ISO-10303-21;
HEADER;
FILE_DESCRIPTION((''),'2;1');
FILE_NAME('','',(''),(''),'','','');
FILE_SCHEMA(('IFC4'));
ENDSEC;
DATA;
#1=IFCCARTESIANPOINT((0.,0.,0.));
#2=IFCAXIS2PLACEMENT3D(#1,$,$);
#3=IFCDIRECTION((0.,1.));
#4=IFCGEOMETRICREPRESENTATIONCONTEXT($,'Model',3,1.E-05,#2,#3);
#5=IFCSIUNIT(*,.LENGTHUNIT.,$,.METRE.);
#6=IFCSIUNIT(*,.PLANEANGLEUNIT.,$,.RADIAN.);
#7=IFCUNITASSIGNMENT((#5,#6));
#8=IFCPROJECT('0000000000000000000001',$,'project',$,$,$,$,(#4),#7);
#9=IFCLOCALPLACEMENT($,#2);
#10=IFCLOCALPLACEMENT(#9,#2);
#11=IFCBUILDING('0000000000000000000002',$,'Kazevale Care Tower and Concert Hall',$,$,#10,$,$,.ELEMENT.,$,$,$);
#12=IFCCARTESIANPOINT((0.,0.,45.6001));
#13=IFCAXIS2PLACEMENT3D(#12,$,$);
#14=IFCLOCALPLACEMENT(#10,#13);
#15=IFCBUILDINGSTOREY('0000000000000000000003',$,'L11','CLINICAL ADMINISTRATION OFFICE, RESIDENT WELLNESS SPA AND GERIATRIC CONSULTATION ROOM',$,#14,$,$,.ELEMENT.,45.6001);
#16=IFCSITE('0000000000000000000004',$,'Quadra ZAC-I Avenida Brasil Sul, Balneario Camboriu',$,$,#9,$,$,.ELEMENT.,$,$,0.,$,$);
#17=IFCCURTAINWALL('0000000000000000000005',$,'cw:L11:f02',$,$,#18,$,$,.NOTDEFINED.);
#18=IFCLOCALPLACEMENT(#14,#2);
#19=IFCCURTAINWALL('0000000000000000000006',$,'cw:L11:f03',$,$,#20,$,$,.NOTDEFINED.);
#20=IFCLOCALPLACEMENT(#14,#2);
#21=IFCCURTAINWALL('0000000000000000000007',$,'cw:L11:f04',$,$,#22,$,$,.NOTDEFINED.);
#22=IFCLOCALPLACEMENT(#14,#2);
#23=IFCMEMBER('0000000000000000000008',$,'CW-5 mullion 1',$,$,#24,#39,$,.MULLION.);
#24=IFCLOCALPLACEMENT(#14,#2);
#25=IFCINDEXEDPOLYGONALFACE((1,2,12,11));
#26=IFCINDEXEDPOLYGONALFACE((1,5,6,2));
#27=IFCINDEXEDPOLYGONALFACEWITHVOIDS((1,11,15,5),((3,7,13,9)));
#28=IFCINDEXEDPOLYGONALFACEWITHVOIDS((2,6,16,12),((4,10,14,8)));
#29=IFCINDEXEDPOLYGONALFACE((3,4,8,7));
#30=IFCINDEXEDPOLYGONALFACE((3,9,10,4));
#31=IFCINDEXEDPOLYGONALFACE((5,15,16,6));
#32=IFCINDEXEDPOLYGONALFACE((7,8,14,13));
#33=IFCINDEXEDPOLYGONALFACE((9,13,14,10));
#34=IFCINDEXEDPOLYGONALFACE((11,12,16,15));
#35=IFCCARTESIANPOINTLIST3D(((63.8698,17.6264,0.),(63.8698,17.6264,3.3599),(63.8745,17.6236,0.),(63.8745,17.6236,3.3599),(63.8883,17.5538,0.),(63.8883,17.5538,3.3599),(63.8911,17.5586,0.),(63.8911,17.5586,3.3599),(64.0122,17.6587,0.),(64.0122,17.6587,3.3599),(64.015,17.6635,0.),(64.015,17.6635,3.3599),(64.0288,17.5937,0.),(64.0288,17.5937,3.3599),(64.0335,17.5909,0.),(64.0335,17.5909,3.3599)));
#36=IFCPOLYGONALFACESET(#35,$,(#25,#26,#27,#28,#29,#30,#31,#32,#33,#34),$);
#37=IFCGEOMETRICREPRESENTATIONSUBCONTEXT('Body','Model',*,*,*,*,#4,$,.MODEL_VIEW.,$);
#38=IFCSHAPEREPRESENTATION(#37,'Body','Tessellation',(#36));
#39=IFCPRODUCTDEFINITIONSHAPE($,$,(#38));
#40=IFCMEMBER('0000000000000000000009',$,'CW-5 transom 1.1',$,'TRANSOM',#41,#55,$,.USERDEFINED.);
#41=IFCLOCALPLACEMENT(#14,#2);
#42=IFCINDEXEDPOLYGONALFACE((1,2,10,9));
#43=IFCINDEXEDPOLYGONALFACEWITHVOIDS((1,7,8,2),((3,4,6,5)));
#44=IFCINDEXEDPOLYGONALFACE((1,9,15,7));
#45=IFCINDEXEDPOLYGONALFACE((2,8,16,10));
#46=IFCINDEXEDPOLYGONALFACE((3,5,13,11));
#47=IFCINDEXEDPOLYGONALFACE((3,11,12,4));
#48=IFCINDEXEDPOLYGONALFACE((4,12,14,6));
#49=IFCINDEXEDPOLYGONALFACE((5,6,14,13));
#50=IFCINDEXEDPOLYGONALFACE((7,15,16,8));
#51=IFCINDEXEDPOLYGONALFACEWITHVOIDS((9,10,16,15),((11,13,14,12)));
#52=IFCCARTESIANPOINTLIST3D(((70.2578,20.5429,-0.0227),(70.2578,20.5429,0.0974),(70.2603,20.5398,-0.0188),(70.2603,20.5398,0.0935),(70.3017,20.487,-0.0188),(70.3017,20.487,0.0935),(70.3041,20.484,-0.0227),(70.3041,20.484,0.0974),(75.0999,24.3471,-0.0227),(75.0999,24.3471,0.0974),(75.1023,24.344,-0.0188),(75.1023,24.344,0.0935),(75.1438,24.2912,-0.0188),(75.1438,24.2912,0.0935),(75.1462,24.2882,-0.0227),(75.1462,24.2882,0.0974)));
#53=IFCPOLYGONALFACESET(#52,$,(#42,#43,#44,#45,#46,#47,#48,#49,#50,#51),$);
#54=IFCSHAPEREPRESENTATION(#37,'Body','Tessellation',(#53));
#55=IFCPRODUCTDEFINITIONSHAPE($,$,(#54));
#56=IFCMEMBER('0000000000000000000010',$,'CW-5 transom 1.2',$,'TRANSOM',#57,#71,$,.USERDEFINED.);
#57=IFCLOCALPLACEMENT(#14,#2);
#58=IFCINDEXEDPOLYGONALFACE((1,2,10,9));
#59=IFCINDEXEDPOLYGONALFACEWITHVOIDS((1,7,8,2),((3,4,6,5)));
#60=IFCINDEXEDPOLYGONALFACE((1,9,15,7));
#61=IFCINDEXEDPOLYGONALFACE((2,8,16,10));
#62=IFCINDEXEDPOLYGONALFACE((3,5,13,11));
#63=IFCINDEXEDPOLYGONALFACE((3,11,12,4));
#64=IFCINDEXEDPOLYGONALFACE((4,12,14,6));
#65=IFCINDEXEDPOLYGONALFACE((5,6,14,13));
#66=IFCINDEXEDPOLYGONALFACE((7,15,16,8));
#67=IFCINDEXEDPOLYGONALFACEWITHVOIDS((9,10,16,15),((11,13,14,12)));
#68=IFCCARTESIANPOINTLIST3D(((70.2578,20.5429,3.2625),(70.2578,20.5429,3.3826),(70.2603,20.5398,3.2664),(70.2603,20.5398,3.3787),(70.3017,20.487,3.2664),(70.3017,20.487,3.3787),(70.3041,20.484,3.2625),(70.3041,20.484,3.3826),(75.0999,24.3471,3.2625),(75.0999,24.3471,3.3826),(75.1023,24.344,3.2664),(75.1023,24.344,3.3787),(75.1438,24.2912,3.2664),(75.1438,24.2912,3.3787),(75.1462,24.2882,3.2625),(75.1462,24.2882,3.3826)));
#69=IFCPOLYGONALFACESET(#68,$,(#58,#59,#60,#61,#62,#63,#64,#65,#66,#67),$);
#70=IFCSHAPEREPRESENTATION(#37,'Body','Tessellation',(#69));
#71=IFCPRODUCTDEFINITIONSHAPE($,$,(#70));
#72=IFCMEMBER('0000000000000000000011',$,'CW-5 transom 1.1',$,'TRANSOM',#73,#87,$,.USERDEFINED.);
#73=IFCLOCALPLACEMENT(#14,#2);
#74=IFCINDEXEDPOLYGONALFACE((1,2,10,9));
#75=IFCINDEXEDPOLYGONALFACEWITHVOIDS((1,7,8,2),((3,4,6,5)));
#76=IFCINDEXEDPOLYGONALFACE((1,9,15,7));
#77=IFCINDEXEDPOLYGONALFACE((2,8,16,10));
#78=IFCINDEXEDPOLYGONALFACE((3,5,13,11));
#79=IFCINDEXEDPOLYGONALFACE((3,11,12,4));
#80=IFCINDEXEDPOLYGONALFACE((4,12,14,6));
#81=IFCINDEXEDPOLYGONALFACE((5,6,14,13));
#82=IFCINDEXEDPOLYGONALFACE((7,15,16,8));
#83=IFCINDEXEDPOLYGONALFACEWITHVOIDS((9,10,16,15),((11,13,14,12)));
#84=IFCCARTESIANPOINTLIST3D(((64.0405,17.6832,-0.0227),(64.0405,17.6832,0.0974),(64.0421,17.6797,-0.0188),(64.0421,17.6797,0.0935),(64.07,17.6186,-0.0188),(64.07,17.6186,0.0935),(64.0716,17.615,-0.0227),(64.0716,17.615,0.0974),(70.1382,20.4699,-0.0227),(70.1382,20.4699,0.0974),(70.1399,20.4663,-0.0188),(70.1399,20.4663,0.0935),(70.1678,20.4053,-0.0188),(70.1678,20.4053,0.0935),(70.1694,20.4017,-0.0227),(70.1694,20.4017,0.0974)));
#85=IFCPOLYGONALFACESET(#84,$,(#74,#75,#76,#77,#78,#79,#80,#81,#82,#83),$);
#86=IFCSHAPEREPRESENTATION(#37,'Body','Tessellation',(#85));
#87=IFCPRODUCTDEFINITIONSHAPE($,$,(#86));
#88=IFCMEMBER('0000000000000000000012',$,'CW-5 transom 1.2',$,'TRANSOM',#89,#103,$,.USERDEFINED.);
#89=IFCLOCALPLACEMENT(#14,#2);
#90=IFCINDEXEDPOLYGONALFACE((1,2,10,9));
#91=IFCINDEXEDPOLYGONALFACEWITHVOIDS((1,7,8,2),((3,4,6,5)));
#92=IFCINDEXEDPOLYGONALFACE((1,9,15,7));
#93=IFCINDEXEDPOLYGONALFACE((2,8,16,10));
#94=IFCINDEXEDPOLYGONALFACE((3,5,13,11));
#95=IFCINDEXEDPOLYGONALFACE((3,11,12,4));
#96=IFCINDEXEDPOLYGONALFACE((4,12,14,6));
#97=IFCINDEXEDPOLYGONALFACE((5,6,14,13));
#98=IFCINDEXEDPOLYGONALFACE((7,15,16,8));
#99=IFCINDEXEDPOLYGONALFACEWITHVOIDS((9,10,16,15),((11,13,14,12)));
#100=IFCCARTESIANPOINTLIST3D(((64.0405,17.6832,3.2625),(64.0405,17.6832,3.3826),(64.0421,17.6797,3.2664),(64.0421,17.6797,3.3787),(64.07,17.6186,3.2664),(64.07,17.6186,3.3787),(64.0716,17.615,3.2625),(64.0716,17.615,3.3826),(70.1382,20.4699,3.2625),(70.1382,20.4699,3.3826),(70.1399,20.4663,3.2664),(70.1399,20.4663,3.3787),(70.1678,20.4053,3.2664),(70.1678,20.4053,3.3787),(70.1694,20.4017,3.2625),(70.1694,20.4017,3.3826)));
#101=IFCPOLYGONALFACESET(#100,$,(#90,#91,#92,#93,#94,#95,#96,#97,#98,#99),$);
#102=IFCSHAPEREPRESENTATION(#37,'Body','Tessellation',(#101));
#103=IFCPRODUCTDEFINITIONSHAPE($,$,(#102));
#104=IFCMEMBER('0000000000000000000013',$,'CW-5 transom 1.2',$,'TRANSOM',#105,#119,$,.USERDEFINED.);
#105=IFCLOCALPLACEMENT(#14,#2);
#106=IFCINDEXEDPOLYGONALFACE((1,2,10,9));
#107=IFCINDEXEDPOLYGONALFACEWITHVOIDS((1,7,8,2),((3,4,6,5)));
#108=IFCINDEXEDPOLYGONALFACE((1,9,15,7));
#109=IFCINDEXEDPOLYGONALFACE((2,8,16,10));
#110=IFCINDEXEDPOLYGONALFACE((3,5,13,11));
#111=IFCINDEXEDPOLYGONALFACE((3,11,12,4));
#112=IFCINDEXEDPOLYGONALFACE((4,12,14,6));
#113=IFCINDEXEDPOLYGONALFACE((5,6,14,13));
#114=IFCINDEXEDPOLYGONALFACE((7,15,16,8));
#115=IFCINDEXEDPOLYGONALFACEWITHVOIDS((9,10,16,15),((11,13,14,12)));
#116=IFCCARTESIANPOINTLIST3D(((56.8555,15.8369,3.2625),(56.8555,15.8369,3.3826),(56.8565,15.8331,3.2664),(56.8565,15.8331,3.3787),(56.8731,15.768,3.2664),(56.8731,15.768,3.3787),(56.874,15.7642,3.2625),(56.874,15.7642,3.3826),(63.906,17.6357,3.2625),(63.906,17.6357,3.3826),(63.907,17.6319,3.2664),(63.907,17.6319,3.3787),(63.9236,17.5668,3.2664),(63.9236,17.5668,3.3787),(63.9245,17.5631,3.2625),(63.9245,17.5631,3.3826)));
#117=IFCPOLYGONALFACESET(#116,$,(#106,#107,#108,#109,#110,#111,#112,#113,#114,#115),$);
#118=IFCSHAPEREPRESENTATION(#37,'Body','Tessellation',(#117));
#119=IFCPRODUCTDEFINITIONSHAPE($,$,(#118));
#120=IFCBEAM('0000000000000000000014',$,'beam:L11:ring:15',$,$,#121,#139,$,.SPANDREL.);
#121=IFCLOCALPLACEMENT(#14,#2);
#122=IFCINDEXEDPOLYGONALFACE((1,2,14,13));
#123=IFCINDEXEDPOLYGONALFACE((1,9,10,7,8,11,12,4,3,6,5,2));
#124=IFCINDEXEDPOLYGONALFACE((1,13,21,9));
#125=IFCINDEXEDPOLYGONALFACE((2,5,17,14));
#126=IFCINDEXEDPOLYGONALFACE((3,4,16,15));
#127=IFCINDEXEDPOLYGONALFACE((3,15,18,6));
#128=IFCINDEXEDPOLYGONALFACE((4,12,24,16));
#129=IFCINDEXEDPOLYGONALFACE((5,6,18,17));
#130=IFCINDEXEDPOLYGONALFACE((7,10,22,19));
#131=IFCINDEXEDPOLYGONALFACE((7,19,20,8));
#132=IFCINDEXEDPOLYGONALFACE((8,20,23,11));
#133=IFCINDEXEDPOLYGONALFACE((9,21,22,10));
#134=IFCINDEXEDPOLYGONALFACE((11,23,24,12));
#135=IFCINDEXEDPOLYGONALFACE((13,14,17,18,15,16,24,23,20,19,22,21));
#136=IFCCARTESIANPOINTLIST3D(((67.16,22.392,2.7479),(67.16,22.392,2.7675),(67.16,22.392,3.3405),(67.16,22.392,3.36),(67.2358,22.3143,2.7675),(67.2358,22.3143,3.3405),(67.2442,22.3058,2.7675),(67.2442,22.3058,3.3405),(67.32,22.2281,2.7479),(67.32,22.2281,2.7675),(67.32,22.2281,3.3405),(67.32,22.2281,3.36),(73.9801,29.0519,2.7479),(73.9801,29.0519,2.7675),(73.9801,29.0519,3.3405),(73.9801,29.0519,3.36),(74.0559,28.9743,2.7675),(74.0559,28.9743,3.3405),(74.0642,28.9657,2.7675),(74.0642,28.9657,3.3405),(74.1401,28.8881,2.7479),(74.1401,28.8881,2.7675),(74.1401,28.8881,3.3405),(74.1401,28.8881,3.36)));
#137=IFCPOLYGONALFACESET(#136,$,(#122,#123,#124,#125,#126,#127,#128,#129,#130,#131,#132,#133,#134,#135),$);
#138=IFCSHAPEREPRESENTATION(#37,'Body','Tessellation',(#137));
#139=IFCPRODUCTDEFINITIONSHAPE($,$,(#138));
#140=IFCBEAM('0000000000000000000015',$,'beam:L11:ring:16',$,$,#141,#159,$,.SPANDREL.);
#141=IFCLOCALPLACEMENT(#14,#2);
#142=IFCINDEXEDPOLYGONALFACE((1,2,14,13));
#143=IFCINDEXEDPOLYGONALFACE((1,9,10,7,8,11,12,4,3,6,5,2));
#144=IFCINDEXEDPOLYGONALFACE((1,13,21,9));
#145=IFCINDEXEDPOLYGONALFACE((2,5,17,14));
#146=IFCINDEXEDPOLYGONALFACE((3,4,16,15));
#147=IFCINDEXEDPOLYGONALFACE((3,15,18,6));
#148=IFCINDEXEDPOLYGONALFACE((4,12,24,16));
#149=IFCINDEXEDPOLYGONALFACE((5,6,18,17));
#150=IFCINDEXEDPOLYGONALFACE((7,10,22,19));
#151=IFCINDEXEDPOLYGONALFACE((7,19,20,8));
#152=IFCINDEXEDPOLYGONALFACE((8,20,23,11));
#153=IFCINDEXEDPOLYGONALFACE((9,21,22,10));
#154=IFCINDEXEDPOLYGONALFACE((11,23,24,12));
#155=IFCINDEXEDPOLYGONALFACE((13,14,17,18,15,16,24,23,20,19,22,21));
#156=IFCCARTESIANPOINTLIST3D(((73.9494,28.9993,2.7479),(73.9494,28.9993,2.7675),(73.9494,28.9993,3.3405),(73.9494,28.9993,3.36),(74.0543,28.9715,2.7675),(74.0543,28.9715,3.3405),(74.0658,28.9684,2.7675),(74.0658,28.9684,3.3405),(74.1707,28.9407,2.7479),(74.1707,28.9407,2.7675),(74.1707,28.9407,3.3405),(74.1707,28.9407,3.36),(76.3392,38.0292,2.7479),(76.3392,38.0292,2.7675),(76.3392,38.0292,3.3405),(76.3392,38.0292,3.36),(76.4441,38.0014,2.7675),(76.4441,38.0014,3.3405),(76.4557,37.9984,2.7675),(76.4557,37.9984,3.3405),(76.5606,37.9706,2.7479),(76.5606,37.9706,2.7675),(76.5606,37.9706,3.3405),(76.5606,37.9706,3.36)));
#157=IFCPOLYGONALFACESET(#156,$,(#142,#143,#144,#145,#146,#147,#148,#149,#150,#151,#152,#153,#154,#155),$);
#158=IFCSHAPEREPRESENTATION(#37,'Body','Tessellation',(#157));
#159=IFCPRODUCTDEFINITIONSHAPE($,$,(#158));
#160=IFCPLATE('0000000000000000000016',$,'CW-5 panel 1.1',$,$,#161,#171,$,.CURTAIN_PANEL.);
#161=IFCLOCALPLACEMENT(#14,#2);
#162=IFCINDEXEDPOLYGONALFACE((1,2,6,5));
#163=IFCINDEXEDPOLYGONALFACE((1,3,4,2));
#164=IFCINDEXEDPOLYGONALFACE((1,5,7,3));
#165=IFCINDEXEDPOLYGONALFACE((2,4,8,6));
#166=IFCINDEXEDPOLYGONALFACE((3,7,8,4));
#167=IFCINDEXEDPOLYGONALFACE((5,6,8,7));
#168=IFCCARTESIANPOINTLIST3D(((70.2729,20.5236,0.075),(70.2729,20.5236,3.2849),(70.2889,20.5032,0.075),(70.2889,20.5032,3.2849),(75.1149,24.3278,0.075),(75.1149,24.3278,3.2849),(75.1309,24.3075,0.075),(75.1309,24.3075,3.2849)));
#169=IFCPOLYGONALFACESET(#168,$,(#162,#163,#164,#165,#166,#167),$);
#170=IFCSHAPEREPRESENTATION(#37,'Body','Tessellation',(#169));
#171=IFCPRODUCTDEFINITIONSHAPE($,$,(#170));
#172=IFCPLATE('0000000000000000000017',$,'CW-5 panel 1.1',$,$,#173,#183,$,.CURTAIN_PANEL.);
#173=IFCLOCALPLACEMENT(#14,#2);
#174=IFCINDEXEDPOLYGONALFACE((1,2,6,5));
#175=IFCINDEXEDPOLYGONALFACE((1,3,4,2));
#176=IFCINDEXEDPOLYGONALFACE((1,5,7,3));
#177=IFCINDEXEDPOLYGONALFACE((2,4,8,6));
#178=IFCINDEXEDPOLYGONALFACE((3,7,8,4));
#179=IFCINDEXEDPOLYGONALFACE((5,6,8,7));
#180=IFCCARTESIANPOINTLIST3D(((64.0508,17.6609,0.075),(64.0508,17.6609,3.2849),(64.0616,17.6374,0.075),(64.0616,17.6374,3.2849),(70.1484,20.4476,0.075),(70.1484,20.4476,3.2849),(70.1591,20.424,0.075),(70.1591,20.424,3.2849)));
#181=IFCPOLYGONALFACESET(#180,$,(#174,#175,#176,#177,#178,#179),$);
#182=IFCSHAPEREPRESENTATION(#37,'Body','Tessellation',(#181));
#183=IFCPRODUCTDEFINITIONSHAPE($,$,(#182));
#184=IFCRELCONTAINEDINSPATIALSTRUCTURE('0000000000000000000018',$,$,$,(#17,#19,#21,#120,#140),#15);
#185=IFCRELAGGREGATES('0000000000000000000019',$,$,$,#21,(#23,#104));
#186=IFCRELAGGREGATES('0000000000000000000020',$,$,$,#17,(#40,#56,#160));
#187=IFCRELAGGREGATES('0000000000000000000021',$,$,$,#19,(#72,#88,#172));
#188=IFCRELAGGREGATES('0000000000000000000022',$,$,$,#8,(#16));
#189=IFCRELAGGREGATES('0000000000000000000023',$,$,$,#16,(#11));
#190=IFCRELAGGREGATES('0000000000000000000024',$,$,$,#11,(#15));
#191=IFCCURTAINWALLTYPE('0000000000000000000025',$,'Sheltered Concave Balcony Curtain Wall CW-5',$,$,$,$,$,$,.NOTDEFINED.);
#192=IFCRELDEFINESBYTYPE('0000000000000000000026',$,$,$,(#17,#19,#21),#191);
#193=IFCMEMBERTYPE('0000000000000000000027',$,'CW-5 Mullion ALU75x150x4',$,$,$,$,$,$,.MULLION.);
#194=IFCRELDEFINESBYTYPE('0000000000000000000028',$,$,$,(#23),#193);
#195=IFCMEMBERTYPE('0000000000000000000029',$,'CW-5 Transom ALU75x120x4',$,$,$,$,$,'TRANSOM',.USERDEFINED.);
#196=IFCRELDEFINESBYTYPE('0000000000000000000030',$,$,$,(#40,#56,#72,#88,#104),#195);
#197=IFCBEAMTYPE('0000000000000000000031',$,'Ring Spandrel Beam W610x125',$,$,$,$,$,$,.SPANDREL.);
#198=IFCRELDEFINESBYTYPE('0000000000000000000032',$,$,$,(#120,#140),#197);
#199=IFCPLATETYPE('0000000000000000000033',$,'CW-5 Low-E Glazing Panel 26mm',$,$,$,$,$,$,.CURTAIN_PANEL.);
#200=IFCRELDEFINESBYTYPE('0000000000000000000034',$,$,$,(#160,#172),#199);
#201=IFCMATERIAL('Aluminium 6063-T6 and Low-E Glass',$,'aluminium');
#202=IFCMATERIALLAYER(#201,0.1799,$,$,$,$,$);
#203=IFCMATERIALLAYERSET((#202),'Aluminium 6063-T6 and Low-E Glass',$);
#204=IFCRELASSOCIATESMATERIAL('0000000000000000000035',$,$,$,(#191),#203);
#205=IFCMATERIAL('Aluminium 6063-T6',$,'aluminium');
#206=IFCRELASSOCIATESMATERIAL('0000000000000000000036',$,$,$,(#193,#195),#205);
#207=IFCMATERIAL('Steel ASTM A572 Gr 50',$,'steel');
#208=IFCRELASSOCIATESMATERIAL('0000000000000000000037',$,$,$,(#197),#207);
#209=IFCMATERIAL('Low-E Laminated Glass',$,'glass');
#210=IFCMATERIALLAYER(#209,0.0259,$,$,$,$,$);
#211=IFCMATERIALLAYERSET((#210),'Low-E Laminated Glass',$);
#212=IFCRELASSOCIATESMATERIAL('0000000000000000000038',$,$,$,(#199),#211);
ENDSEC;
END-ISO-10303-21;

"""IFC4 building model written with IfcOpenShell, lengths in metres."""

from ifc_helpers import new_model, si_unit, direction, frame, origin, origin_2d, place, context, subcontext, project, spatial, rectangle, hollow_rectangle, i_section, extrude, material, layer, layer_set, material_profile, profile_set, type_object, element, aggregate, save


model = new_model("IFC4")

# Units and contexts
model_context = context("Model", 3, precision=1e-05, world=origin(), true_north=direction((0.0, 1.0)))
body_context = subcontext(model_context, "Body", "Model", "MODEL_VIEW")
ifc_project = project(units=[si_unit("LENGTHUNIT", "METRE"), si_unit("PLANEANGLEUNIT", "RADIAN")], contexts=[model_context])

# Site, building, storey
site_placement = place(None, origin())
site = spatial("IfcSite", under=ifc_project, at=site_placement, Name="Quadra ZAC-I Avenida Brasil Sul, Balneario Camboriu", CompositionType="ELEMENT", RefElevation=0.0)
building_placement = place(site_placement, origin())
building = spatial("IfcBuilding", under=site, at=building_placement, Name="Kazevale Care Tower and Concert Hall", CompositionType="ELEMENT")
storey_placement = place(building_placement, frame((0.0, 0.0, 45.6001)))
storey = spatial("IfcBuildingStorey", under=building, at=storey_placement, Name="L11", Description="CLINICAL ADMINISTRATION OFFICE, RESIDENT WELLNESS SPA AND GERIATRIC CONSULTATION ROOM", CompositionType="ELEMENT", Elevation=45.6001)

# Shared definitions
ifc_material_1 = material(Name="Aluminium 6063-T6 and Low-E Glass", Category="aluminium")
ifc_material_2 = material(Name="Aluminium 6063-T6", Category="aluminium")

# Curtain walls
ifc_layer_1 = layer(ifc_material_1, 0.1799)
ifc_layer_set_1 = layer_set([ifc_layer_1], Name="Aluminium 6063-T6 and Low-E Glass")
curtain_wall_type_1 = type_object("IfcCurtainWallType", Name="Sheltered Concave Balcony Curtain Wall CW-5", PredefinedType="NOTDEFINED", material=ifc_layer_set_1)
curtain_wall_1_placement = place(storey_placement, origin())
curtain_wall_1 = element("IfcCurtainWall", 1, at=curtain_wall_1_placement, inside=storey, type_object=curtain_wall_type_1, Name="cw:L11:f02", PredefinedType="NOTDEFINED")
ifc_material_profile_1 = material_profile(ifc_material_2, hollow_rectangle(XDim=0.075, YDim=0.1499, WallThickness=0.0039, at=origin_2d()), Name="ALU75x150x4")
ifc_profile_set_1 = profile_set([ifc_material_profile_1], Name="Aluminium 6063-T6")
member_type_1 = type_object("IfcMemberType", Name="CW-5 Mullion ALU75x150x4", PredefinedType="MULLION", material=ifc_profile_set_1)
curtain_wall_2_placement = place(storey_placement, origin())
curtain_wall_2 = element("IfcCurtainWall", 2, at=curtain_wall_2_placement, inside=storey, type_object=curtain_wall_type_1, Name="cw:L11:f03", PredefinedType="NOTDEFINED")

# Curtain wall, member
curtain_wall_3_placement = place(storey_placement, origin())
curtain_wall_3 = element("IfcCurtainWall", 3, at=curtain_wall_3_placement, inside=storey, type_object=curtain_wall_type_1, Name="cw:L11:f04", PredefinedType="NOTDEFINED")
member_1_placement = place(storey_placement, frame((63.9517, 17.6086, 0.0), z_axis=(0.0, 0.0, 1.0), x_axis=(0.247222, -0.968959, 0.0)))
member_1 = element("IfcMember", 4, at=member_1_placement, type_object=member_type_1, Name="CW-5 mullion 1", PredefinedType="MULLION", context=body_context, shape_type="SweptSolid", body=[
    extrude(hollow_rectangle(XDim=0.075, YDim=0.1499, WallThickness=0.0039, at=origin_2d()), origin(), (0.0, 0.0, 1.0), 3.3599),
])

# Members
ifc_material_profile_2 = material_profile(ifc_material_2, hollow_rectangle(XDim=0.075, YDim=0.1201, WallThickness=0.0039, at=origin_2d()), Name="ALU75x120x4")
ifc_profile_set_2 = profile_set([ifc_material_profile_2], Name="Aluminium 6063-T6")
member_type_2 = type_object("IfcMemberType", Name="CW-5 Transom ALU75x120x4", ElementType="TRANSOM", PredefinedType="USERDEFINED", material=ifc_profile_set_2)
member_2_placement = place(storey_placement, frame((75.123, 24.3176, 0.0374), z_axis=(-0.786339, -0.617795, 0.0), x_axis=(0.617795, -0.786339, 0.0)))
member_2 = element("IfcMember", 5, at=member_2_placement, type_object=member_type_2, Name="CW-5 transom 1.1", ObjectType="TRANSOM", PredefinedType="USERDEFINED", context=body_context, shape_type="SweptSolid", body=[
    extrude(hollow_rectangle(XDim=0.075, YDim=0.1201, WallThickness=0.0039, at=origin_2d()), origin(), (0.0, 0.0, 1.0), 6.1577),
])
member_3_placement = place(storey_placement, frame((75.123, 24.3176, 3.3225), z_axis=(-0.786339, -0.617795, 0.0), x_axis=(0.617795, -0.786339, 0.0)))
member_3 = element("IfcMember", 6, at=member_3_placement, type_object=member_type_2, Name="CW-5 transom 1.2", ObjectType="TRANSOM", PredefinedType="USERDEFINED", context=body_context, shape_type="SweptSolid", body=[
    extrude(hollow_rectangle(XDim=0.075, YDim=0.1201, WallThickness=0.0039, at=origin_2d()), origin(), (0.0, 0.0, 1.0), 6.1577),
])
member_4_placement = place(storey_placement, frame((70.1538, 20.4358, 0.0374), z_axis=(-0.909524, -0.415651, 0.0), x_axis=(0.415651, -0.909524, 0.0)))
member_4 = element("IfcMember", 7, at=member_4_placement, type_object=member_type_2, Name="CW-5 transom 1.1", ObjectType="TRANSOM", PredefinedType="USERDEFINED", context=body_context, shape_type="SweptSolid", body=[
    extrude(hollow_rectangle(XDim=0.075, YDim=0.1201, WallThickness=0.0039, at=origin_2d()), origin(), (0.0, 0.0, 1.0), 6.7043),
])
member_5_placement = place(storey_placement, frame((70.1538, 20.4358, 3.3225), z_axis=(-0.909524, -0.415651, 0.0), x_axis=(0.415651, -0.909524, 0.0)))
member_5 = element("IfcMember", 8, at=member_5_placement, type_object=member_type_2, Name="CW-5 transom 1.2", ObjectType="TRANSOM", PredefinedType="USERDEFINED", context=body_context, shape_type="SweptSolid", body=[
    extrude(hollow_rectangle(XDim=0.075, YDim=0.1201, WallThickness=0.0039, at=origin_2d()), origin(), (0.0, 0.0, 1.0), 6.7043),
])
member_6_placement = place(storey_placement, frame((63.9153, 17.5994, 3.3225), z_axis=(-0.968961, -0.247214, 0.0), x_axis=(0.247214, -0.968961, 0.0)))
member_6 = element("IfcMember", 9, at=member_6_placement, type_object=member_type_2, Name="CW-5 transom 1.2", ObjectType="TRANSOM", PredefinedType="USERDEFINED", context=body_context, shape_type="SweptSolid", body=[
    extrude(hollow_rectangle(XDim=0.075, YDim=0.1201, WallThickness=0.0039, at=origin_2d()), origin(), (0.0, 0.0, 1.0), 7.2764),
])
aggregate(curtain_wall_3, [member_1, member_6])

# Beams
ifc_material_3 = material(Name="Steel ASTM A572 Gr 50", Category="steel")
ifc_material_profile_3 = material_profile(ifc_material_3, i_section(OverallWidth=0.229, OverallDepth=0.6121, WebThickness=0.012, FlangeThickness=0.0195, at=origin_2d()), Name="W610x125")
ifc_profile_set_3 = profile_set([ifc_material_profile_3], Name="Steel ASTM A572 Gr 50")
beam_type = type_object("IfcBeamType", Name="Ring Spandrel Beam W610x125", PredefinedType="SPANDREL", material=ifc_profile_set_3)
beam_1_placement = place(storey_placement, frame((67.24, 22.3101, 3.054), z_axis=(0.715457, 0.698656, 0.0), x_axis=(-0.698656, 0.715457, 0.0)))
element("IfcBeam", 10, at=beam_1_placement, inside=storey, type_object=beam_type, Name="beam:L11:ring:15", PredefinedType="SPANDREL", context=body_context, shape_type="SweptSolid", body=[
    extrude(i_section(OverallWidth=0.229, OverallDepth=0.6121, WebThickness=0.012, FlangeThickness=0.0195, at=origin_2d()), origin(), (0.0, 0.0, 1.0), 9.5325),
])
beam_2_placement = place(storey_placement, frame((74.0601, 28.97, 3.054), z_axis=(0.255852, 0.966716, 0.0), x_axis=(-0.966716, 0.255852, 0.0)))
element("IfcBeam", 11, at=beam_2_placement, inside=storey, type_object=beam_type, Name="beam:L11:ring:16", PredefinedType="SPANDREL", context=body_context, shape_type="SweptSolid", body=[
    extrude(i_section(OverallWidth=0.229, OverallDepth=0.6121, WebThickness=0.012, FlangeThickness=0.0195, at=origin_2d()), origin(), (0.0, 0.0, 1.0), 9.3408),
])

# Plates
ifc_material_4 = material(Name="Low-E Laminated Glass", Category="glass")
ifc_layer_2 = layer(ifc_material_4, 0.0259)
ifc_layer_set_2 = layer_set([ifc_layer_2], Name="Low-E Laminated Glass")
plate_type = type_object("IfcPlateType", Name="CW-5 Low-E Glazing Panel 26mm", PredefinedType="CURTAIN_PANEL", material=ifc_layer_set_2)
plate_1_placement = place(storey_placement, frame((72.7019, 22.4155, 0.075), z_axis=(0.0, 0.0, 1.0), x_axis=(-0.786329, -0.617808, 0.0)))
plate_1 = element("IfcPlate", 12, at=plate_1_placement, type_object=plate_type, Name="CW-5 panel 1.1", PredefinedType="CURTAIN_PANEL", context=body_context, shape_type="SweptSolid", body=[
    extrude(rectangle(XDim=6.1577, YDim=0.0259, at=origin_2d()), origin(), (0.0, 0.0, 1.0), 3.21),
])
aggregate(curtain_wall_1, [member_2, member_3, plate_1])
plate_2_placement = place(storey_placement, frame((67.105, 19.0425, 0.075), z_axis=(0.0, 0.0, 1.0), x_axis=(-0.90952, -0.41566, 0.0)))
plate_2 = element("IfcPlate", 13, at=plate_2_placement, type_object=plate_type, Name="CW-5 panel 1.1", PredefinedType="CURTAIN_PANEL", context=body_context, shape_type="SweptSolid", body=[
    extrude(rectangle(XDim=6.7041, YDim=0.0259, at=origin_2d()), origin(), (0.0, 0.0, 1.0), 3.21),
])
aggregate(curtain_wall_2, [member_4, member_5, plate_2])

save(model, "model.ifc")
